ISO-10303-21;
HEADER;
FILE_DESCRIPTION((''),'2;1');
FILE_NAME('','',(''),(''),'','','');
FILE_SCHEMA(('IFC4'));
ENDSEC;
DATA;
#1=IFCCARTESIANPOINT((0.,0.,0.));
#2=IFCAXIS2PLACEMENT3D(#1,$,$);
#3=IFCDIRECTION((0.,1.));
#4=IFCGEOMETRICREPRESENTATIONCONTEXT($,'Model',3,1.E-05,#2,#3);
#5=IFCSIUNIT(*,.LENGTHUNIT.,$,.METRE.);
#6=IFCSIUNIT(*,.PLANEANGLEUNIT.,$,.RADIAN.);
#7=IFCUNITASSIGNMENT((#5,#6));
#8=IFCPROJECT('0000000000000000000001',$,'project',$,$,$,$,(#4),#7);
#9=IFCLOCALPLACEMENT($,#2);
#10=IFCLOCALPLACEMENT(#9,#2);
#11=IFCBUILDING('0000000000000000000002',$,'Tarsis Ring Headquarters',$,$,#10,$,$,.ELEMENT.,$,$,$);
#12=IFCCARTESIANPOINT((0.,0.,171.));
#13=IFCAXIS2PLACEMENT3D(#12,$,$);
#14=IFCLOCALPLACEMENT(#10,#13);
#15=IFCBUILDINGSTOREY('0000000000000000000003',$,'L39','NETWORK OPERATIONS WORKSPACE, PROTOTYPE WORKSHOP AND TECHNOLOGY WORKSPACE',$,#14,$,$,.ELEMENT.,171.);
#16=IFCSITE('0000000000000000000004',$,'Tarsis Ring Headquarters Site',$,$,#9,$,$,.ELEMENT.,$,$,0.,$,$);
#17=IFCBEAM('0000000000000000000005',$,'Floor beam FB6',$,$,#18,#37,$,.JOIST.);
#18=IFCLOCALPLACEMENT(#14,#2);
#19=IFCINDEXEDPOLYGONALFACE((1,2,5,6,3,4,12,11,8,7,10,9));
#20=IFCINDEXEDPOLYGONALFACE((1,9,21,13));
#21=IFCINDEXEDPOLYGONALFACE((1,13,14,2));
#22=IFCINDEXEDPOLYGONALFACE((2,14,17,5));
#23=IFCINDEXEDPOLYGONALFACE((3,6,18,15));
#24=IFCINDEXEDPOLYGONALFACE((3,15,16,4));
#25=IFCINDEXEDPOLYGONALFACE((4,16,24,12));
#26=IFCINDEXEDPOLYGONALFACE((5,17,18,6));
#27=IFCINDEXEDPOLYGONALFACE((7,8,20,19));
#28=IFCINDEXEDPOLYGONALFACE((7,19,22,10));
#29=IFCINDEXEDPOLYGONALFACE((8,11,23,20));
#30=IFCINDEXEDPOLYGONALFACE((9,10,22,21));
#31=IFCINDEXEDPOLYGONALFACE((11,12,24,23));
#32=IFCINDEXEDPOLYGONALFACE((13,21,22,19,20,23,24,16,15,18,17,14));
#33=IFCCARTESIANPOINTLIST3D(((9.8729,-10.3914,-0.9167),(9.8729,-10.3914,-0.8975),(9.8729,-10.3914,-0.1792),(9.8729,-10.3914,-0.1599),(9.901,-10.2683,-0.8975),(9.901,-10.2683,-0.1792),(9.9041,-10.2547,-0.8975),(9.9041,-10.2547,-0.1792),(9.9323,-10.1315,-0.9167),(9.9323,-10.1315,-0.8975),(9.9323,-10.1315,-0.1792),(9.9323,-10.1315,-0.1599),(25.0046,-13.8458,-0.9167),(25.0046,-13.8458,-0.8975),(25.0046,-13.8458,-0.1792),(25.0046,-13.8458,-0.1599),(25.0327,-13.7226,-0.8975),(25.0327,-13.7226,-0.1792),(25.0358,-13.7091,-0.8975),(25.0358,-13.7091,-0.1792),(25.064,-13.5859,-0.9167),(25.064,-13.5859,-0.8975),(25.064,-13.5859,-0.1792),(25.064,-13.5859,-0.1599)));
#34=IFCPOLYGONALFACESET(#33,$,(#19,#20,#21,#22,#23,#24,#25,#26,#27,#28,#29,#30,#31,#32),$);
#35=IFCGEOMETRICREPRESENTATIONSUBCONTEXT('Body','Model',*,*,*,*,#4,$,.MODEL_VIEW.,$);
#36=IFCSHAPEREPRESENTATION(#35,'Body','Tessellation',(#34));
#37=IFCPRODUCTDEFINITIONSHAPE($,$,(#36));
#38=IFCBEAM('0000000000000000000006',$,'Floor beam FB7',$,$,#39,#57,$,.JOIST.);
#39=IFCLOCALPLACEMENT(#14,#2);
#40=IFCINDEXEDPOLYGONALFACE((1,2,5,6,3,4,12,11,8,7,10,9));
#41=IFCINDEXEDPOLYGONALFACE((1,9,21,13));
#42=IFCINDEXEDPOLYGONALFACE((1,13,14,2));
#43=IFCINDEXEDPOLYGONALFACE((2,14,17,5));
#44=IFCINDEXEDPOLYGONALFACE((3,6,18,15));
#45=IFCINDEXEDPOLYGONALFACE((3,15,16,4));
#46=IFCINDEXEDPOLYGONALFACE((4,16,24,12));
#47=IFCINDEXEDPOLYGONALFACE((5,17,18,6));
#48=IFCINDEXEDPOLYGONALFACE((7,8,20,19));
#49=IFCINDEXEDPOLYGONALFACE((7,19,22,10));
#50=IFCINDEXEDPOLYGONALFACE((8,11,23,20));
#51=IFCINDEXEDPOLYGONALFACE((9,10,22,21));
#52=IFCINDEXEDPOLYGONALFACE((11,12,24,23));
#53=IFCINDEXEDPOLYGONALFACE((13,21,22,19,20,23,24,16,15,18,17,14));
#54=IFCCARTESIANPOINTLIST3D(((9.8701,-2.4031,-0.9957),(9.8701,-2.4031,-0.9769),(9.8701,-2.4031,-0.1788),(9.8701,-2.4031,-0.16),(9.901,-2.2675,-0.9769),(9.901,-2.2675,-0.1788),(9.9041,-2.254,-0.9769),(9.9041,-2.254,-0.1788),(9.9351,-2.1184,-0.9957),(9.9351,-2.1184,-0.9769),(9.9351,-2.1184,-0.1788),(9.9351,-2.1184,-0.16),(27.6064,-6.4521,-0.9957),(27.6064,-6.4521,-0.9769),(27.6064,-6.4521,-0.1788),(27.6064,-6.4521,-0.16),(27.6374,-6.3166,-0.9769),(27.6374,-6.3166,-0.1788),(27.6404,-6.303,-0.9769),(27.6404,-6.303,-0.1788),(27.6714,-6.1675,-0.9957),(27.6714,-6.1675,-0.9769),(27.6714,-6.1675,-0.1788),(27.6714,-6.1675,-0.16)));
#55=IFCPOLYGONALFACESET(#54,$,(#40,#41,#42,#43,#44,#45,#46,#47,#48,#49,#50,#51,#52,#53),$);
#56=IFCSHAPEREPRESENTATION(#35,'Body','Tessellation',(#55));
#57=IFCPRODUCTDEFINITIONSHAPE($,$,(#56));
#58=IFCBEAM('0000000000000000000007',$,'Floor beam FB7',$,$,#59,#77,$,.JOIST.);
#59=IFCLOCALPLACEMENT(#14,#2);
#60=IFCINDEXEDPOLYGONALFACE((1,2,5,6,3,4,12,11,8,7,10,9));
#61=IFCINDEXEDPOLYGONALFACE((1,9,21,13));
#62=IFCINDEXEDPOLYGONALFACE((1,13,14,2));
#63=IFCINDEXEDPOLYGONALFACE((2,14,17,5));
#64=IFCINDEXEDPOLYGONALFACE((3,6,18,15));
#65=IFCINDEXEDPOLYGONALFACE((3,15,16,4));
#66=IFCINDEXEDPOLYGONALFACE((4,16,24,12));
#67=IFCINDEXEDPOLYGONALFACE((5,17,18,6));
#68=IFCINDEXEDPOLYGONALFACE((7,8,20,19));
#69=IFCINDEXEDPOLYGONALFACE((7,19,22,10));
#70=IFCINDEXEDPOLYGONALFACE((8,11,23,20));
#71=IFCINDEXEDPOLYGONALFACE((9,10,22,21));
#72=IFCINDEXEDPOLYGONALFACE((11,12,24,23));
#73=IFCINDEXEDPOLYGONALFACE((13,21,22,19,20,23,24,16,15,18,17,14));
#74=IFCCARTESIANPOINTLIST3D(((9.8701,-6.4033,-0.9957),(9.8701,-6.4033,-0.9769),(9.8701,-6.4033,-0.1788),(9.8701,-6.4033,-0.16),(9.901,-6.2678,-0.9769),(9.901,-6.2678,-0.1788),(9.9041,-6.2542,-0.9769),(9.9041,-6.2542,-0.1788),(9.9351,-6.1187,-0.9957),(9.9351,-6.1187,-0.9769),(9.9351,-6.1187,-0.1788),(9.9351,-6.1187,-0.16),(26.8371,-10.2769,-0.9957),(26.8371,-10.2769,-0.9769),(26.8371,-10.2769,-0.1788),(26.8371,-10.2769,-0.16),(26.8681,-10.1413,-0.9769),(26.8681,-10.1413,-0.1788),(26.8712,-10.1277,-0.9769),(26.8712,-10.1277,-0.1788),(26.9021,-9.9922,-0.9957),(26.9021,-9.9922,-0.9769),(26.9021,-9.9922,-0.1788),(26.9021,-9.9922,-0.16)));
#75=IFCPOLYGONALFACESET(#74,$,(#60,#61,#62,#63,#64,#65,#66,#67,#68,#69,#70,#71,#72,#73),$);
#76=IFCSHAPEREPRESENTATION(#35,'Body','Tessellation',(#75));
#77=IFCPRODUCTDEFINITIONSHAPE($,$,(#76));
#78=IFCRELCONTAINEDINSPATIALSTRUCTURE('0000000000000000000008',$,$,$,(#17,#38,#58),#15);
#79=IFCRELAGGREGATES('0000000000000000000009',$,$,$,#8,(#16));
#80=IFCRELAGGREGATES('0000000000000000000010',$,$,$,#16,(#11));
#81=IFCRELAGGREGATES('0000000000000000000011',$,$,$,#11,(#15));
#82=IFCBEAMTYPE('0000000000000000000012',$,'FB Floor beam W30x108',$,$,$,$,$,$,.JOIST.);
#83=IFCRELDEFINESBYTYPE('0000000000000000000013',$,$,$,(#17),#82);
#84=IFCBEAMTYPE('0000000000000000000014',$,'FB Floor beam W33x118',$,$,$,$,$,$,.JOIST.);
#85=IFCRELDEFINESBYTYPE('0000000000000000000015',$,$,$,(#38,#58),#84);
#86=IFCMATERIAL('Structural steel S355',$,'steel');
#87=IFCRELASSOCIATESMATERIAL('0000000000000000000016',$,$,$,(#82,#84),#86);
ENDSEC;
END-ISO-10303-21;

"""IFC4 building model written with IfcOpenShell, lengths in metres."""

from ifc_helpers import new_model, si_unit, direction, frame, origin, origin_2d, place, context, subcontext, project, spatial, i_section, extrude, material, material_profile, profile_set, type_object, element, save


model = new_model("IFC4")

# Units and contexts
model_context = context("Model", 3, precision=1e-05, world=origin(), true_north=direction((0.0, 1.0)))
body_context = subcontext(model_context, "Body", "Model", "MODEL_VIEW")
ifc_project = project(units=[si_unit("LENGTHUNIT", "METRE"), si_unit("PLANEANGLEUNIT", "RADIAN")], contexts=[model_context])

# Site, building, storey
site_placement = place(None, origin())
site = spatial("IfcSite", under=ifc_project, at=site_placement, Name="Tarsis Ring Headquarters Site", CompositionType="ELEMENT", RefElevation=0.0)
building_placement = place(site_placement, origin())
building = spatial("IfcBuilding", under=site, at=building_placement, Name="Tarsis Ring Headquarters", CompositionType="ELEMENT")
storey_placement = place(building_placement, frame((0.0, 0.0, 171.0)))
storey = spatial("IfcBuildingStorey", under=building, at=storey_placement, Name="L39", Description="NETWORK OPERATIONS WORKSPACE, PROTOTYPE WORKSHOP AND TECHNOLOGY WORKSPACE", CompositionType="ELEMENT", Elevation=171.0)

# Beams
ifc_material_1 = material(Name="Structural steel S355", Category="steel")
ifc_material_profile_1 = material_profile(ifc_material_1, i_section(OverallWidth=0.2666, OverallDepth=0.7568, WebThickness=0.0139, FlangeThickness=0.0193, at=origin_2d()), Name="W30x108")
ifc_profile_set_1 = profile_set([ifc_material_profile_1], Name="Structural steel S355")
beam_type_1 = type_object("IfcBeamType", Name="FB Floor beam W30x108", PredefinedType="JOIST", material=ifc_profile_set_1)
beam_1_placement = place(storey_placement, frame((9.9026, -10.2615, -0.5383), z_axis=(0.974919, -0.222561, 0.0), x_axis=(0.222561, 0.974919, 0.0)))
element("IfcBeam", 1, at=beam_1_placement, inside=storey, type_object=beam_type_1, Name="Floor beam FB6", PredefinedType="JOIST", context=body_context, shape_type="SweptSolid", body=[
    extrude(i_section(OverallWidth=0.2666, OverallDepth=0.7568, WebThickness=0.0139, FlangeThickness=0.0193, at=origin_2d()), origin(), (0.0, 0.0, 1.0), 15.521),
])
ifc_material_profile_2 = material_profile(ifc_material_1, i_section(OverallWidth=0.292, OverallDepth=0.8357, WebThickness=0.0139, FlangeThickness=0.0188, at=origin_2d()), Name="W33x118")
ifc_profile_set_2 = profile_set([ifc_material_profile_2], Name="Structural steel S355")
beam_type_2 = type_object("IfcBeamType", Name="FB Floor beam W33x118", PredefinedType="JOIST", material=ifc_profile_set_2)
beam_2_placement = place(storey_placement, frame((9.9026, -2.2607, -0.5779), z_axis=(0.974918, -0.222566, 0.0), x_axis=(0.222566, 0.974918, 0.0)))
element("IfcBeam", 2, at=beam_2_placement, inside=storey, type_object=beam_type_2, Name="Floor beam FB7", PredefinedType="JOIST", context=body_context, shape_type="SweptSolid", body=[
    extrude(i_section(OverallWidth=0.292, OverallDepth=0.8357, WebThickness=0.0139, FlangeThickness=0.0188, at=origin_2d()), origin(), (0.0, 0.0, 1.0), 18.1926),
])
beam_3_placement = place(storey_placement, frame((9.9026, -6.261, -0.5779), z_axis=(0.974916, -0.222571, 0.0), x_axis=(0.222571, 0.974916, 0.0)))
element("IfcBeam", 3, at=beam_3_placement, inside=storey, type_object=beam_type_2, Name="Floor beam FB7", PredefinedType="JOIST", context=body_context, shape_type="SweptSolid", body=[
    extrude(i_section(OverallWidth=0.292, OverallDepth=0.8357, WebThickness=0.0139, FlangeThickness=0.0188, at=origin_2d()), origin(), (0.0, 0.0, 1.0), 17.4036),
])

save(model, "model.ifc")
